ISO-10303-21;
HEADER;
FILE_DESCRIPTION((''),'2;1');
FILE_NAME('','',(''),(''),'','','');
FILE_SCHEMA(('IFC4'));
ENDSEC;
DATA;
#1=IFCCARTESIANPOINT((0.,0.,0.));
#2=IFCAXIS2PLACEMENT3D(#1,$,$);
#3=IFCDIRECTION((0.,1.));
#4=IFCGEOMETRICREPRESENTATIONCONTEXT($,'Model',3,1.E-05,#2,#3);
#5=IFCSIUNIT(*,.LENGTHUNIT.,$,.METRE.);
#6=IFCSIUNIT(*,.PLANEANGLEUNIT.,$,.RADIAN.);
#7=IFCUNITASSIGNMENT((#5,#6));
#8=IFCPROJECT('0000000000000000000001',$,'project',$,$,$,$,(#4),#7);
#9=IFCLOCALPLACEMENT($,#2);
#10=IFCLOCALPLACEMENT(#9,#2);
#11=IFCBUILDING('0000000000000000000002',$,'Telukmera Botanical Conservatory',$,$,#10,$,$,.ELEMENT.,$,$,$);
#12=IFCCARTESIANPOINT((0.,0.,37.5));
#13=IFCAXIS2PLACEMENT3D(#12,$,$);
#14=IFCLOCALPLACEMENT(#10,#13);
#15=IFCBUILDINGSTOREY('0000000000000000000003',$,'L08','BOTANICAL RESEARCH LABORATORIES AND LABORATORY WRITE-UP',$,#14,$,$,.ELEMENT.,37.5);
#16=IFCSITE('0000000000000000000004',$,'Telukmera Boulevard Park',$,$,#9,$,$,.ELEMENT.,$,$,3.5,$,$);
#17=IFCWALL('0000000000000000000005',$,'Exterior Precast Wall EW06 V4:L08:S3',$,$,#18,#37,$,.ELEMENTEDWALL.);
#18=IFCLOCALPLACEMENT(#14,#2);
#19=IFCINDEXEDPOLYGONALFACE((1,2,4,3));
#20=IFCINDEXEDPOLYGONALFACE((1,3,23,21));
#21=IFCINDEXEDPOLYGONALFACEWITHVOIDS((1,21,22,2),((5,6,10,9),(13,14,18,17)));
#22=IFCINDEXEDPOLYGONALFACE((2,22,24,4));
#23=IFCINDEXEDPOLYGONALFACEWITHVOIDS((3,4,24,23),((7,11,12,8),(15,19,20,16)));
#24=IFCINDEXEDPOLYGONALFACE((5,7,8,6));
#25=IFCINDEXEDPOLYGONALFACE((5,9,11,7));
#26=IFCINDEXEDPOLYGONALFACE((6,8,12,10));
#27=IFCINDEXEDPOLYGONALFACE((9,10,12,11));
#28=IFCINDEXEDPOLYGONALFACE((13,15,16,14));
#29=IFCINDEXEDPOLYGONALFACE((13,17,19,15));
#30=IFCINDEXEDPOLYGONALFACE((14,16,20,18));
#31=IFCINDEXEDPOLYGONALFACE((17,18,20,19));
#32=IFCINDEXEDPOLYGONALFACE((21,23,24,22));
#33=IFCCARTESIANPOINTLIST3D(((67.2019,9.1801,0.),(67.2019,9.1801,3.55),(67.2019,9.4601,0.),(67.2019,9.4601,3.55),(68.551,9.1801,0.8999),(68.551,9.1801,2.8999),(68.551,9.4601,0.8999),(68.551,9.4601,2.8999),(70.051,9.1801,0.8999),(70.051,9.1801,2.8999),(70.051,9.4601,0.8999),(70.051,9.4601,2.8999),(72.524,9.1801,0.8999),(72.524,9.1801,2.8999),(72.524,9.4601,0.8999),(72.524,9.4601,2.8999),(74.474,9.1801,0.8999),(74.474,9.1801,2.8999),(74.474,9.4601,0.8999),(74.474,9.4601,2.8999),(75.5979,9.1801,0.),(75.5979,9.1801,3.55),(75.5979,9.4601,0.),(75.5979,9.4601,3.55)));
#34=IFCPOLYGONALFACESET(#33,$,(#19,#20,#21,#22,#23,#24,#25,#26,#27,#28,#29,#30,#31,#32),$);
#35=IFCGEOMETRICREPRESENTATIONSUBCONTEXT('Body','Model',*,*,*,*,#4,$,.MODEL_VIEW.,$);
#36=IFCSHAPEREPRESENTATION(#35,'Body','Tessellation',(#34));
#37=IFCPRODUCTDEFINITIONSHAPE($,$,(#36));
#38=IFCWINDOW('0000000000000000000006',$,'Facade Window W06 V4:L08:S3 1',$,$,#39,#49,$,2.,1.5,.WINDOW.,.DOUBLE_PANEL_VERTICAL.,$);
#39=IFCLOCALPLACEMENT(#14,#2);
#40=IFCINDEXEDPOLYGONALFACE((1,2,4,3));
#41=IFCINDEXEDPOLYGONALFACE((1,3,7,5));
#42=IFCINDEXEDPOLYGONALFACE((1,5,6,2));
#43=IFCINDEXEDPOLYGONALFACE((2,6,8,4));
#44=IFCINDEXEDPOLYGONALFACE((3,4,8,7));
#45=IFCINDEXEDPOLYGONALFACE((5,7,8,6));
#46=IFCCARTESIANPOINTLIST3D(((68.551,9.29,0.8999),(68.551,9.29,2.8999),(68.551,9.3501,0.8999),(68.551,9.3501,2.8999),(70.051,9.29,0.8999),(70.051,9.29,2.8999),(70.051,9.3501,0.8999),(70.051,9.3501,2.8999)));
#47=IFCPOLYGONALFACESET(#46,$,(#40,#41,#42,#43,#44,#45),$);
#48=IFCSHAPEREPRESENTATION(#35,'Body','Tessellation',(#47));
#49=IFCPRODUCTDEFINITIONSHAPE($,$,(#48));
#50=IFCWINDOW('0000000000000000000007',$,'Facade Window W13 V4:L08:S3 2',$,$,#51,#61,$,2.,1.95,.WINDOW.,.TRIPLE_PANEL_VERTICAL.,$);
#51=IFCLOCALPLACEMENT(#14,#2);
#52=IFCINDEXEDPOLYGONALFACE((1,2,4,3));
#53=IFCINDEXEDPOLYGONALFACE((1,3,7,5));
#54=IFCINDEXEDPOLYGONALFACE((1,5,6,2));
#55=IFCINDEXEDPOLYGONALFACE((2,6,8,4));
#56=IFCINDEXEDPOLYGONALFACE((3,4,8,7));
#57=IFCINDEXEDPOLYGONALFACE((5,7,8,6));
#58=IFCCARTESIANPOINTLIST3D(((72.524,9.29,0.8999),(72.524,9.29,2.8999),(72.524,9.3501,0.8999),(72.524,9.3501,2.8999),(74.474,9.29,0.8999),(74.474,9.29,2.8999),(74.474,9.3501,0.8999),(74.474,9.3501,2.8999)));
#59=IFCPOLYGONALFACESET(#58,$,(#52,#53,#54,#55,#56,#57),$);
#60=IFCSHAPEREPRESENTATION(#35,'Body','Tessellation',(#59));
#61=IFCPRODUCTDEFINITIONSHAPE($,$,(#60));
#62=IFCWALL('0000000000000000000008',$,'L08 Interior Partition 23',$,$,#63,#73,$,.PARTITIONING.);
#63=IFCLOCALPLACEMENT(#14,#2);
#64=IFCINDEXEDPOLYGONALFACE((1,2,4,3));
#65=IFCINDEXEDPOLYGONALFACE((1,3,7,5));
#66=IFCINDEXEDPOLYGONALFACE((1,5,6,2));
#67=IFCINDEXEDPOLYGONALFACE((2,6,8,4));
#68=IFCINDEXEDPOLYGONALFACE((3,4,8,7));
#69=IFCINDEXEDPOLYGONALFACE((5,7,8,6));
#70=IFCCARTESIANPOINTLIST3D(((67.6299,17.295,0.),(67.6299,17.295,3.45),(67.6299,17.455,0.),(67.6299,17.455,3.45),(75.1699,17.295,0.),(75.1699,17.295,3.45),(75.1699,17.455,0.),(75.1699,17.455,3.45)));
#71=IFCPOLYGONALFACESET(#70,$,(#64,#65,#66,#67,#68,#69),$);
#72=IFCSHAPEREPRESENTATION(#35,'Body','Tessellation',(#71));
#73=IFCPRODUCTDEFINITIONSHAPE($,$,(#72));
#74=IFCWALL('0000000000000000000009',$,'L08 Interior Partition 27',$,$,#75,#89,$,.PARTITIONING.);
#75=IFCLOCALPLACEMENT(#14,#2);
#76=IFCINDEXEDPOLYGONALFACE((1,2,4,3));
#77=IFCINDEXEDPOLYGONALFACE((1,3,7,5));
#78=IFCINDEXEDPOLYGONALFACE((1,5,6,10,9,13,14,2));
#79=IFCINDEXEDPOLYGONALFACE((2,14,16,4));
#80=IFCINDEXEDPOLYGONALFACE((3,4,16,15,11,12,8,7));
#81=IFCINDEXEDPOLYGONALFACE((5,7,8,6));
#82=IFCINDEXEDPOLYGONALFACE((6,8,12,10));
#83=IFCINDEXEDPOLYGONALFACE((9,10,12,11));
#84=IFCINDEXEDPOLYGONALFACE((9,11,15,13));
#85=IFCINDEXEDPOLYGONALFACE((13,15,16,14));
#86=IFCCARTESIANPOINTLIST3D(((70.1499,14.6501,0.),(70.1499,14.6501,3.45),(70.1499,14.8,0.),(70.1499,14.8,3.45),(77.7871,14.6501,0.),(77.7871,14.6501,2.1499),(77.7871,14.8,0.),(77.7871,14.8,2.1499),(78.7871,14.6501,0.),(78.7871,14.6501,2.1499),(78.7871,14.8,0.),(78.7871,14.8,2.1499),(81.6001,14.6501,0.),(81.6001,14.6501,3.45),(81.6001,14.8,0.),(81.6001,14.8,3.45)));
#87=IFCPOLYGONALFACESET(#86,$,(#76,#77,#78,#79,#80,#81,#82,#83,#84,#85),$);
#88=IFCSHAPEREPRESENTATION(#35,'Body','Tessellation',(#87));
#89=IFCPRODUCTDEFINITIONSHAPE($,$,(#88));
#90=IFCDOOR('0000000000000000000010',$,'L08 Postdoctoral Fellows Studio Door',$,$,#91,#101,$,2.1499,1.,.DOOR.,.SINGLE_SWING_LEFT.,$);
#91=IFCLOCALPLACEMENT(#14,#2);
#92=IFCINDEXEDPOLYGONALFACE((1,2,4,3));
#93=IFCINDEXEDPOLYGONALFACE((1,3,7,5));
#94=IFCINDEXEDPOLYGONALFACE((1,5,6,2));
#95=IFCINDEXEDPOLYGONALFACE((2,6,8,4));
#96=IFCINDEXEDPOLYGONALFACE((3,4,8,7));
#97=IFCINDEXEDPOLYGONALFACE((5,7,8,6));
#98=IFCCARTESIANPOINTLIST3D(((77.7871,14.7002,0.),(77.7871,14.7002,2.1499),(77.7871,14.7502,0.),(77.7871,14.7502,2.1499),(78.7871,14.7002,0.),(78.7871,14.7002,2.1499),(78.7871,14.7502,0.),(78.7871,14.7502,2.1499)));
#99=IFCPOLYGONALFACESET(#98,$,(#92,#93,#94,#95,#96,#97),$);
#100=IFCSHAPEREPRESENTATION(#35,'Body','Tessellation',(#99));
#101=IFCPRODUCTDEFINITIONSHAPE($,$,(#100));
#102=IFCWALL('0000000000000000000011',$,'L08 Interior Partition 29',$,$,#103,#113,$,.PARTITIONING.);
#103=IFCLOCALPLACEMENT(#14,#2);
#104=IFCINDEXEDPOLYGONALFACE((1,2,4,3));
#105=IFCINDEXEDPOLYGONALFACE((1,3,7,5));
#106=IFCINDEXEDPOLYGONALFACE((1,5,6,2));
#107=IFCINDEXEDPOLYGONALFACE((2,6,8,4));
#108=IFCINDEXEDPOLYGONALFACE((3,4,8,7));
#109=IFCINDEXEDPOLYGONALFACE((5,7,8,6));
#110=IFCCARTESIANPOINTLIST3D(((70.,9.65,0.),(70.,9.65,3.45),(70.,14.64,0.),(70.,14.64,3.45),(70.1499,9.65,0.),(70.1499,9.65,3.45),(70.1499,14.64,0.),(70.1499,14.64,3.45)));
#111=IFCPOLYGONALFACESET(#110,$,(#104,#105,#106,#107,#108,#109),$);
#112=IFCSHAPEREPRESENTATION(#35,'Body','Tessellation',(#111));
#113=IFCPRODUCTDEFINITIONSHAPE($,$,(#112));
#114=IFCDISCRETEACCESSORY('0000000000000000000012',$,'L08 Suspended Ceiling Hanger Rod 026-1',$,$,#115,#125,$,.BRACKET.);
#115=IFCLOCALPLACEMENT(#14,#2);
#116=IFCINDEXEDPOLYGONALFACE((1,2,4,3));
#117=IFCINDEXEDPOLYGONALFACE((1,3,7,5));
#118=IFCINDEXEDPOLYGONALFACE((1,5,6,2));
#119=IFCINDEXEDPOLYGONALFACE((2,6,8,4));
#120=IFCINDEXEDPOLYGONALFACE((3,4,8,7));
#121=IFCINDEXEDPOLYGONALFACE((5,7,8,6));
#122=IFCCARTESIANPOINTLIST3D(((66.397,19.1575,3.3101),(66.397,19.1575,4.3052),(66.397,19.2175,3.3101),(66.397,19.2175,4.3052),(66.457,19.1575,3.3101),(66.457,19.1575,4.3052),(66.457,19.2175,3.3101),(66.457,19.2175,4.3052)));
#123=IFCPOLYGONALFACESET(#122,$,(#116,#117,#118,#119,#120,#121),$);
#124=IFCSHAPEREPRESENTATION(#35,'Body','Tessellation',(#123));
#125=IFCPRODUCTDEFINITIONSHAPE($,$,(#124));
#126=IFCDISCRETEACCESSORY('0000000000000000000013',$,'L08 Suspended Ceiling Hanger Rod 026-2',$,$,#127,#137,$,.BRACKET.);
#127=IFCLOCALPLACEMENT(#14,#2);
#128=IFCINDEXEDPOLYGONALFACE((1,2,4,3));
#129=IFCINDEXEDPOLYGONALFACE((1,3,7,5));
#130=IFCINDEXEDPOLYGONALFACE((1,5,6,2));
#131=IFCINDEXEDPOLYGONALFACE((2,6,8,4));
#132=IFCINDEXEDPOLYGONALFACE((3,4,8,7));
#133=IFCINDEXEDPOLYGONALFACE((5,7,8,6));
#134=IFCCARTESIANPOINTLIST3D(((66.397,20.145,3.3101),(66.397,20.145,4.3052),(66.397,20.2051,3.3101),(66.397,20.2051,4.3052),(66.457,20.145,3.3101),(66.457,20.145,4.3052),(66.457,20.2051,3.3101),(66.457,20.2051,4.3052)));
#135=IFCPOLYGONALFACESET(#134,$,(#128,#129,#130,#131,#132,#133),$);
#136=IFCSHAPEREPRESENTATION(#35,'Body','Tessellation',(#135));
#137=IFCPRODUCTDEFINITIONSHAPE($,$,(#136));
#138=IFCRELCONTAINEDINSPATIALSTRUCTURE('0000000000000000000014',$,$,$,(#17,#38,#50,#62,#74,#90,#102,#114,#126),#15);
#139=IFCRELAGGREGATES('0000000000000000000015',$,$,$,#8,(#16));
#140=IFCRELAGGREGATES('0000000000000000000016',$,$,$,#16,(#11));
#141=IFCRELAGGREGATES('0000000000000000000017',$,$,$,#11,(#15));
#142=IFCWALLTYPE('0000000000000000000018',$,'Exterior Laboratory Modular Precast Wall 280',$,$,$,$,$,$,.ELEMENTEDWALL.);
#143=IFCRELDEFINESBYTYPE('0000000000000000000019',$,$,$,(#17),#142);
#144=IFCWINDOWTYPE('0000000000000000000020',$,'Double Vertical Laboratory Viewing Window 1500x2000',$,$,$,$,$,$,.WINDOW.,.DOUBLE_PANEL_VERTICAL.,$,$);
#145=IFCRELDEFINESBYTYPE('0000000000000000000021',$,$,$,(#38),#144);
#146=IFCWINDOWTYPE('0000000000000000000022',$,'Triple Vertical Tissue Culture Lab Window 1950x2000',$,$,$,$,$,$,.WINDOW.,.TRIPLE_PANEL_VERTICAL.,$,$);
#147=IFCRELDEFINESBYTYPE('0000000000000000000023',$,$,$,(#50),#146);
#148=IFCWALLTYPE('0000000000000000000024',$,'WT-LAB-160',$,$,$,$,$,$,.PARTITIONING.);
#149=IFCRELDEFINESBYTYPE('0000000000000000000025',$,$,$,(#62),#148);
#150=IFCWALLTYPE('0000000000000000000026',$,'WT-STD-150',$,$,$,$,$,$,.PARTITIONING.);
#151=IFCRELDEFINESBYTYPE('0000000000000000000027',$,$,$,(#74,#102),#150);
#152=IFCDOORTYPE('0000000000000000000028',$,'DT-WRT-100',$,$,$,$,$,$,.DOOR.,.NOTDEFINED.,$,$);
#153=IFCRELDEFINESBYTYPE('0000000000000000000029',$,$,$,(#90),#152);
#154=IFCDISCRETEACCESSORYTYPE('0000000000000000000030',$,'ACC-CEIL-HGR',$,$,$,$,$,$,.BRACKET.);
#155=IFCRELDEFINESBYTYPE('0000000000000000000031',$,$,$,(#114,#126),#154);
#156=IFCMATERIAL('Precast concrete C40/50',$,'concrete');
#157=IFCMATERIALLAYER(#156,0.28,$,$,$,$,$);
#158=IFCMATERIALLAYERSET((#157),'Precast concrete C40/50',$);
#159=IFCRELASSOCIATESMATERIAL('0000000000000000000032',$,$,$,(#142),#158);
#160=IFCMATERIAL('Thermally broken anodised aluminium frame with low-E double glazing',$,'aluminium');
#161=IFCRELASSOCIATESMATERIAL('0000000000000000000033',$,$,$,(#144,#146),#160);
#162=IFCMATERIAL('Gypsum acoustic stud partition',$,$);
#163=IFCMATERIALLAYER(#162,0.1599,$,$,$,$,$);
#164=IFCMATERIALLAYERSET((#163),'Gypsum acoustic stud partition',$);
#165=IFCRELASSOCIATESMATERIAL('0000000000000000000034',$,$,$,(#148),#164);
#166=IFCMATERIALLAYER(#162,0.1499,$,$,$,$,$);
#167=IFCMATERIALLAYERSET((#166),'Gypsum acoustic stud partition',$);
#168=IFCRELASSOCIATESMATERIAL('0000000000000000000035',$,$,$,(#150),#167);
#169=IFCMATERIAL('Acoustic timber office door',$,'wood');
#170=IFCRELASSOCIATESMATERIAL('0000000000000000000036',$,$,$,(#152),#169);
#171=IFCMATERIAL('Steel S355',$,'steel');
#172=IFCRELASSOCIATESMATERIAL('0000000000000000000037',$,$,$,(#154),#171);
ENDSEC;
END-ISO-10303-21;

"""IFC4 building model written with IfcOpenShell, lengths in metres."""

from ifc_helpers import new_model, si_unit, direction, frame, frame_2d, origin, origin_2d, place, context, subcontext, project, spatial, rectangle, extrude, material, layer, layer_set, type_object, element, fill, save


model = new_model("IFC4")

# Units and contexts
model_context = context("Model", 3, precision=1e-05, world=origin(), true_north=direction((0.0, 1.0)))
body_context = subcontext(model_context, "Body", "Model", "MODEL_VIEW")
ifc_project = project(units=[si_unit("LENGTHUNIT", "METRE"), si_unit("PLANEANGLEUNIT", "RADIAN")], contexts=[model_context])

# Site, building, storey
site_placement = place(None, origin())
site = spatial("IfcSite", under=ifc_project, at=site_placement, Name="Telukmera Boulevard Park", CompositionType="ELEMENT", RefElevation=3.5)
building_placement = place(site_placement, origin())
building = spatial("IfcBuilding", under=site, at=building_placement, Name="Telukmera Botanical Conservatory", CompositionType="ELEMENT")
storey_placement = place(building_placement, frame((0.0, 0.0, 37.5)))
storey = spatial("IfcBuildingStorey", under=building, at=storey_placement, Name="L08", Description="BOTANICAL RESEARCH LABORATORIES AND LABORATORY WRITE-UP", CompositionType="ELEMENT", Elevation=37.5)

# Shared definitions
ifc_material_1 = material(Name="Precast concrete C40/50", Category="concrete")

# Wall, openings, windows
ifc_layer_1 = layer(ifc_material_1, 0.28)
ifc_layer_set_1 = layer_set([ifc_layer_1], Name="Precast concrete C40/50")
wall_type_1 = type_object("IfcWallType", Name="Exterior Laboratory Modular Precast Wall 280", PredefinedType="ELEMENTEDWALL", material=ifc_layer_set_1)
wall_1_placement = place(storey_placement, frame((67.2019, 9.3201, 0.0), z_axis=(0.0, 0.0, 1.0), x_axis=(1.0, 0.0, 0.0)))
wall_1 = element("IfcWall", 1, at=wall_1_placement, inside=storey, type_object=wall_type_1, Name="Exterior Precast Wall EW06 V4:L08:S3", PredefinedType="ELEMENTEDWALL", context=body_context, shape_type="SweptSolid", body=[
    extrude(rectangle(XDim=8.396, YDim=0.28, at=frame_2d((4.198, 0.0))), origin(), (0.0, 0.0, 1.0), 3.55),
])
opening_1_placement = place(wall_1_placement, frame((1.3491, 0.0, 0.8999)))
opening_1 = element("IfcOpeningElement", 2, at=opening_1_placement, cuts=wall_1, PredefinedType="OPENING", context=body_context, shape_type="SweptSolid", body=[
    extrude(rectangle(XDim=1.5, YDim=2.0, at=frame_2d((0.75, 1.0))), frame((0.0, 0.1499, 0.0), z_axis=(0.0, -1.0, 0.0), x_axis=(1.0, 0.0, 0.0)), (0.0, 0.0, 1.0), 0.3),
])
opening_2_placement = place(wall_1_placement, frame((5.322, 0.0, 0.8999)))
opening_2 = element("IfcOpeningElement", 3, at=opening_2_placement, cuts=wall_1, PredefinedType="OPENING", context=body_context, shape_type="SweptSolid", body=[
    extrude(rectangle(XDim=1.95, YDim=2.0, at=frame_2d((0.9751, 1.0))), frame((0.0, 0.1499, 0.0), z_axis=(0.0, -1.0, 0.0), x_axis=(1.0, 0.0, 0.0)), (0.0, 0.0, 1.0), 0.3),
])
ifc_material_2 = material(Name="Thermally broken anodised aluminium frame with low-E double glazing", Category="aluminium")
window_type_1 = type_object("IfcWindowType", Name="Double Vertical Laboratory Viewing Window 1500x2000", PartitioningType="DOUBLE_PANEL_VERTICAL", PredefinedType="WINDOW", material=ifc_material_2)
window_1_placement = place(opening_1_placement, origin())
window_1 = element("IfcWindow", 4, at=window_1_placement, inside=storey, type_object=window_type_1, Name="Facade Window W06 V4:L08:S3 1", OverallHeight=2.0, OverallWidth=1.5, PartitioningType="DOUBLE_PANEL_VERTICAL", PredefinedType="WINDOW", context=body_context, shape_type="SweptSolid", body=[
    extrude(rectangle(XDim=1.5, YDim=2.0, at=frame_2d((0.75, 1.0))), frame((0.0, 0.03, 0.0), z_axis=(0.0, -1.0, 0.0), x_axis=(1.0, 0.0, 0.0)), (0.0, 0.0, 1.0), 0.0601),
])
fill(opening_1, window_1)
window_type_2 = type_object("IfcWindowType", Name="Triple Vertical Tissue Culture Lab Window 1950x2000", PartitioningType="TRIPLE_PANEL_VERTICAL", PredefinedType="WINDOW", material=ifc_material_2)
window_2_placement = place(opening_2_placement, origin())
window_2 = element("IfcWindow", 5, at=window_2_placement, inside=storey, type_object=window_type_2, Name="Facade Window W13 V4:L08:S3 2", OverallHeight=2.0, OverallWidth=1.95, PartitioningType="TRIPLE_PANEL_VERTICAL", PredefinedType="WINDOW", context=body_context, shape_type="SweptSolid", body=[
    extrude(rectangle(XDim=1.95, YDim=2.0, at=frame_2d((0.9751, 1.0))), frame((0.0, 0.03, 0.0), z_axis=(0.0, -1.0, 0.0), x_axis=(1.0, 0.0, 0.0)), (0.0, 0.0, 1.0), 0.0601),
])
fill(opening_2, window_2)

# Wall
ifc_material_3 = material(Name="Gypsum acoustic stud partition")
ifc_layer_2 = layer(ifc_material_3, 0.1599)
ifc_layer_set_2 = layer_set([ifc_layer_2], Name="Gypsum acoustic stud partition")
wall_type_2 = type_object("IfcWallType", Name="WT-LAB-160", PredefinedType="PARTITIONING", material=ifc_layer_set_2)
wall_2_placement = place(storey_placement, frame((67.6299, 17.375, 0.0), z_axis=(0.0, 0.0, 1.0), x_axis=(1.0, 0.0, 0.0)))
element("IfcWall", 6, at=wall_2_placement, inside=storey, type_object=wall_type_2, Name="L08 Interior Partition 23", PredefinedType="PARTITIONING", context=body_context, shape_type="SweptSolid", body=[
    extrude(rectangle(XDim=7.54, YDim=0.1599, at=frame_2d((3.77, 0.0))), origin(), (0.0, 0.0, 1.0), 3.45),
])

# Wall, opening, door
ifc_layer_3 = layer(ifc_material_3, 0.1499)
ifc_layer_set_3 = layer_set([ifc_layer_3], Name="Gypsum acoustic stud partition")
wall_type_3 = type_object("IfcWallType", Name="WT-STD-150", PredefinedType="PARTITIONING", material=ifc_layer_set_3)
wall_3_placement = place(storey_placement, frame((70.1499, 14.7251, 0.0), z_axis=(0.0, 0.0, 1.0), x_axis=(1.0, 0.0, 0.0)))
wall_3 = element("IfcWall", 7, at=wall_3_placement, inside=storey, type_object=wall_type_3, Name="L08 Interior Partition 27", PredefinedType="PARTITIONING", context=body_context, shape_type="SweptSolid", body=[
    extrude(rectangle(XDim=11.4502, YDim=0.1499, at=frame_2d((5.7251, 0.0))), origin(), (0.0, 0.0, 1.0), 3.45),
])
opening_3_placement = place(wall_3_placement, frame((7.6372, 0.0, 0.0)))
opening_3 = element("IfcOpeningElement", 8, at=opening_3_placement, cuts=wall_3, PredefinedType="OPENING", context=body_context, shape_type="SweptSolid", body=[
    extrude(rectangle(XDim=1.0, YDim=2.1499, at=frame_2d((0.5, 1.075))), frame((0.0, 0.085, 0.0), z_axis=(0.0, -1.0, 0.0), x_axis=(1.0, 0.0, 0.0)), (0.0, 0.0, 1.0), 0.1699),
])
ifc_material_4 = material(Name="Acoustic timber office door", Category="wood")
door_type = type_object("IfcDoorType", Name="DT-WRT-100", OperationType="NOTDEFINED", PredefinedType="DOOR", material=ifc_material_4)
door_placement = place(opening_3_placement, frame((1.0, 0.0, 0.0), z_axis=(0.0, 0.0, 1.0), x_axis=(-1.0, 0.0, 0.0)))
door = element("IfcDoor", 9, at=door_placement, inside=storey, type_object=door_type, Name="L08 Postdoctoral Fellows Studio Door", OperationType="SINGLE_SWING_LEFT", OverallHeight=2.1499, OverallWidth=1.0, PredefinedType="DOOR", context=body_context, shape_type="SweptSolid", body=[
    extrude(rectangle(XDim=1.0, YDim=2.1499, at=frame_2d((0.5, 1.075))), frame((0.0, 0.0249, 0.0), z_axis=(0.0, -1.0, 0.0), x_axis=(1.0, 0.0, 0.0)), (0.0, 0.0, 1.0), 0.05),
])
fill(opening_3, door)

# Wall
wall_4_placement = place(storey_placement, frame((70.075, 9.6499, 0.0), z_axis=(0.0, 0.0, 1.0), x_axis=(0.0, 1.0, 0.0)))
element("IfcWall", 10, at=wall_4_placement, inside=storey, type_object=wall_type_3, Name="L08 Interior Partition 29", PredefinedType="PARTITIONING", context=body_context, shape_type="SweptSolid", body=[
    extrude(rectangle(XDim=4.99, YDim=0.1499, at=frame_2d((2.4951, 0.0))), origin(), (0.0, 0.0, 1.0), 3.45),
])

# Discrete accessories
ifc_material_5 = material(Name="Steel S355", Category="steel")
discrete_accessory_type = type_object("IfcDiscreteAccessoryType", Name="ACC-CEIL-HGR", PredefinedType="BRACKET", material=ifc_material_5)
for number, where, z_axis, x_axis, name in (
    (11, (66.427, 19.1875, 3.3101), (0.0, 0.0, 1.0), (1.0, 0.0, 0.0), "L08 Suspended Ceiling Hanger Rod 026-1"),
    (12, (66.427, 20.175, 3.3101), (0.0, 0.0, 1.0), (1.0, 0.0, 0.0), "L08 Suspended Ceiling Hanger Rod 026-2"),
):
    element("IfcDiscreteAccessory", number, at=place(storey_placement, frame(where, z_axis=z_axis, x_axis=x_axis)), inside=storey, type_object=discrete_accessory_type, Name=name, PredefinedType="BRACKET", context=body_context, shape_type="SweptSolid", body=[
        extrude(rectangle(XDim=0.0601, YDim=0.0601, at=origin_2d()), origin(), (0.0, 0.0, 1.0), 0.9951),
    ])

save(model, "model.ifc")
